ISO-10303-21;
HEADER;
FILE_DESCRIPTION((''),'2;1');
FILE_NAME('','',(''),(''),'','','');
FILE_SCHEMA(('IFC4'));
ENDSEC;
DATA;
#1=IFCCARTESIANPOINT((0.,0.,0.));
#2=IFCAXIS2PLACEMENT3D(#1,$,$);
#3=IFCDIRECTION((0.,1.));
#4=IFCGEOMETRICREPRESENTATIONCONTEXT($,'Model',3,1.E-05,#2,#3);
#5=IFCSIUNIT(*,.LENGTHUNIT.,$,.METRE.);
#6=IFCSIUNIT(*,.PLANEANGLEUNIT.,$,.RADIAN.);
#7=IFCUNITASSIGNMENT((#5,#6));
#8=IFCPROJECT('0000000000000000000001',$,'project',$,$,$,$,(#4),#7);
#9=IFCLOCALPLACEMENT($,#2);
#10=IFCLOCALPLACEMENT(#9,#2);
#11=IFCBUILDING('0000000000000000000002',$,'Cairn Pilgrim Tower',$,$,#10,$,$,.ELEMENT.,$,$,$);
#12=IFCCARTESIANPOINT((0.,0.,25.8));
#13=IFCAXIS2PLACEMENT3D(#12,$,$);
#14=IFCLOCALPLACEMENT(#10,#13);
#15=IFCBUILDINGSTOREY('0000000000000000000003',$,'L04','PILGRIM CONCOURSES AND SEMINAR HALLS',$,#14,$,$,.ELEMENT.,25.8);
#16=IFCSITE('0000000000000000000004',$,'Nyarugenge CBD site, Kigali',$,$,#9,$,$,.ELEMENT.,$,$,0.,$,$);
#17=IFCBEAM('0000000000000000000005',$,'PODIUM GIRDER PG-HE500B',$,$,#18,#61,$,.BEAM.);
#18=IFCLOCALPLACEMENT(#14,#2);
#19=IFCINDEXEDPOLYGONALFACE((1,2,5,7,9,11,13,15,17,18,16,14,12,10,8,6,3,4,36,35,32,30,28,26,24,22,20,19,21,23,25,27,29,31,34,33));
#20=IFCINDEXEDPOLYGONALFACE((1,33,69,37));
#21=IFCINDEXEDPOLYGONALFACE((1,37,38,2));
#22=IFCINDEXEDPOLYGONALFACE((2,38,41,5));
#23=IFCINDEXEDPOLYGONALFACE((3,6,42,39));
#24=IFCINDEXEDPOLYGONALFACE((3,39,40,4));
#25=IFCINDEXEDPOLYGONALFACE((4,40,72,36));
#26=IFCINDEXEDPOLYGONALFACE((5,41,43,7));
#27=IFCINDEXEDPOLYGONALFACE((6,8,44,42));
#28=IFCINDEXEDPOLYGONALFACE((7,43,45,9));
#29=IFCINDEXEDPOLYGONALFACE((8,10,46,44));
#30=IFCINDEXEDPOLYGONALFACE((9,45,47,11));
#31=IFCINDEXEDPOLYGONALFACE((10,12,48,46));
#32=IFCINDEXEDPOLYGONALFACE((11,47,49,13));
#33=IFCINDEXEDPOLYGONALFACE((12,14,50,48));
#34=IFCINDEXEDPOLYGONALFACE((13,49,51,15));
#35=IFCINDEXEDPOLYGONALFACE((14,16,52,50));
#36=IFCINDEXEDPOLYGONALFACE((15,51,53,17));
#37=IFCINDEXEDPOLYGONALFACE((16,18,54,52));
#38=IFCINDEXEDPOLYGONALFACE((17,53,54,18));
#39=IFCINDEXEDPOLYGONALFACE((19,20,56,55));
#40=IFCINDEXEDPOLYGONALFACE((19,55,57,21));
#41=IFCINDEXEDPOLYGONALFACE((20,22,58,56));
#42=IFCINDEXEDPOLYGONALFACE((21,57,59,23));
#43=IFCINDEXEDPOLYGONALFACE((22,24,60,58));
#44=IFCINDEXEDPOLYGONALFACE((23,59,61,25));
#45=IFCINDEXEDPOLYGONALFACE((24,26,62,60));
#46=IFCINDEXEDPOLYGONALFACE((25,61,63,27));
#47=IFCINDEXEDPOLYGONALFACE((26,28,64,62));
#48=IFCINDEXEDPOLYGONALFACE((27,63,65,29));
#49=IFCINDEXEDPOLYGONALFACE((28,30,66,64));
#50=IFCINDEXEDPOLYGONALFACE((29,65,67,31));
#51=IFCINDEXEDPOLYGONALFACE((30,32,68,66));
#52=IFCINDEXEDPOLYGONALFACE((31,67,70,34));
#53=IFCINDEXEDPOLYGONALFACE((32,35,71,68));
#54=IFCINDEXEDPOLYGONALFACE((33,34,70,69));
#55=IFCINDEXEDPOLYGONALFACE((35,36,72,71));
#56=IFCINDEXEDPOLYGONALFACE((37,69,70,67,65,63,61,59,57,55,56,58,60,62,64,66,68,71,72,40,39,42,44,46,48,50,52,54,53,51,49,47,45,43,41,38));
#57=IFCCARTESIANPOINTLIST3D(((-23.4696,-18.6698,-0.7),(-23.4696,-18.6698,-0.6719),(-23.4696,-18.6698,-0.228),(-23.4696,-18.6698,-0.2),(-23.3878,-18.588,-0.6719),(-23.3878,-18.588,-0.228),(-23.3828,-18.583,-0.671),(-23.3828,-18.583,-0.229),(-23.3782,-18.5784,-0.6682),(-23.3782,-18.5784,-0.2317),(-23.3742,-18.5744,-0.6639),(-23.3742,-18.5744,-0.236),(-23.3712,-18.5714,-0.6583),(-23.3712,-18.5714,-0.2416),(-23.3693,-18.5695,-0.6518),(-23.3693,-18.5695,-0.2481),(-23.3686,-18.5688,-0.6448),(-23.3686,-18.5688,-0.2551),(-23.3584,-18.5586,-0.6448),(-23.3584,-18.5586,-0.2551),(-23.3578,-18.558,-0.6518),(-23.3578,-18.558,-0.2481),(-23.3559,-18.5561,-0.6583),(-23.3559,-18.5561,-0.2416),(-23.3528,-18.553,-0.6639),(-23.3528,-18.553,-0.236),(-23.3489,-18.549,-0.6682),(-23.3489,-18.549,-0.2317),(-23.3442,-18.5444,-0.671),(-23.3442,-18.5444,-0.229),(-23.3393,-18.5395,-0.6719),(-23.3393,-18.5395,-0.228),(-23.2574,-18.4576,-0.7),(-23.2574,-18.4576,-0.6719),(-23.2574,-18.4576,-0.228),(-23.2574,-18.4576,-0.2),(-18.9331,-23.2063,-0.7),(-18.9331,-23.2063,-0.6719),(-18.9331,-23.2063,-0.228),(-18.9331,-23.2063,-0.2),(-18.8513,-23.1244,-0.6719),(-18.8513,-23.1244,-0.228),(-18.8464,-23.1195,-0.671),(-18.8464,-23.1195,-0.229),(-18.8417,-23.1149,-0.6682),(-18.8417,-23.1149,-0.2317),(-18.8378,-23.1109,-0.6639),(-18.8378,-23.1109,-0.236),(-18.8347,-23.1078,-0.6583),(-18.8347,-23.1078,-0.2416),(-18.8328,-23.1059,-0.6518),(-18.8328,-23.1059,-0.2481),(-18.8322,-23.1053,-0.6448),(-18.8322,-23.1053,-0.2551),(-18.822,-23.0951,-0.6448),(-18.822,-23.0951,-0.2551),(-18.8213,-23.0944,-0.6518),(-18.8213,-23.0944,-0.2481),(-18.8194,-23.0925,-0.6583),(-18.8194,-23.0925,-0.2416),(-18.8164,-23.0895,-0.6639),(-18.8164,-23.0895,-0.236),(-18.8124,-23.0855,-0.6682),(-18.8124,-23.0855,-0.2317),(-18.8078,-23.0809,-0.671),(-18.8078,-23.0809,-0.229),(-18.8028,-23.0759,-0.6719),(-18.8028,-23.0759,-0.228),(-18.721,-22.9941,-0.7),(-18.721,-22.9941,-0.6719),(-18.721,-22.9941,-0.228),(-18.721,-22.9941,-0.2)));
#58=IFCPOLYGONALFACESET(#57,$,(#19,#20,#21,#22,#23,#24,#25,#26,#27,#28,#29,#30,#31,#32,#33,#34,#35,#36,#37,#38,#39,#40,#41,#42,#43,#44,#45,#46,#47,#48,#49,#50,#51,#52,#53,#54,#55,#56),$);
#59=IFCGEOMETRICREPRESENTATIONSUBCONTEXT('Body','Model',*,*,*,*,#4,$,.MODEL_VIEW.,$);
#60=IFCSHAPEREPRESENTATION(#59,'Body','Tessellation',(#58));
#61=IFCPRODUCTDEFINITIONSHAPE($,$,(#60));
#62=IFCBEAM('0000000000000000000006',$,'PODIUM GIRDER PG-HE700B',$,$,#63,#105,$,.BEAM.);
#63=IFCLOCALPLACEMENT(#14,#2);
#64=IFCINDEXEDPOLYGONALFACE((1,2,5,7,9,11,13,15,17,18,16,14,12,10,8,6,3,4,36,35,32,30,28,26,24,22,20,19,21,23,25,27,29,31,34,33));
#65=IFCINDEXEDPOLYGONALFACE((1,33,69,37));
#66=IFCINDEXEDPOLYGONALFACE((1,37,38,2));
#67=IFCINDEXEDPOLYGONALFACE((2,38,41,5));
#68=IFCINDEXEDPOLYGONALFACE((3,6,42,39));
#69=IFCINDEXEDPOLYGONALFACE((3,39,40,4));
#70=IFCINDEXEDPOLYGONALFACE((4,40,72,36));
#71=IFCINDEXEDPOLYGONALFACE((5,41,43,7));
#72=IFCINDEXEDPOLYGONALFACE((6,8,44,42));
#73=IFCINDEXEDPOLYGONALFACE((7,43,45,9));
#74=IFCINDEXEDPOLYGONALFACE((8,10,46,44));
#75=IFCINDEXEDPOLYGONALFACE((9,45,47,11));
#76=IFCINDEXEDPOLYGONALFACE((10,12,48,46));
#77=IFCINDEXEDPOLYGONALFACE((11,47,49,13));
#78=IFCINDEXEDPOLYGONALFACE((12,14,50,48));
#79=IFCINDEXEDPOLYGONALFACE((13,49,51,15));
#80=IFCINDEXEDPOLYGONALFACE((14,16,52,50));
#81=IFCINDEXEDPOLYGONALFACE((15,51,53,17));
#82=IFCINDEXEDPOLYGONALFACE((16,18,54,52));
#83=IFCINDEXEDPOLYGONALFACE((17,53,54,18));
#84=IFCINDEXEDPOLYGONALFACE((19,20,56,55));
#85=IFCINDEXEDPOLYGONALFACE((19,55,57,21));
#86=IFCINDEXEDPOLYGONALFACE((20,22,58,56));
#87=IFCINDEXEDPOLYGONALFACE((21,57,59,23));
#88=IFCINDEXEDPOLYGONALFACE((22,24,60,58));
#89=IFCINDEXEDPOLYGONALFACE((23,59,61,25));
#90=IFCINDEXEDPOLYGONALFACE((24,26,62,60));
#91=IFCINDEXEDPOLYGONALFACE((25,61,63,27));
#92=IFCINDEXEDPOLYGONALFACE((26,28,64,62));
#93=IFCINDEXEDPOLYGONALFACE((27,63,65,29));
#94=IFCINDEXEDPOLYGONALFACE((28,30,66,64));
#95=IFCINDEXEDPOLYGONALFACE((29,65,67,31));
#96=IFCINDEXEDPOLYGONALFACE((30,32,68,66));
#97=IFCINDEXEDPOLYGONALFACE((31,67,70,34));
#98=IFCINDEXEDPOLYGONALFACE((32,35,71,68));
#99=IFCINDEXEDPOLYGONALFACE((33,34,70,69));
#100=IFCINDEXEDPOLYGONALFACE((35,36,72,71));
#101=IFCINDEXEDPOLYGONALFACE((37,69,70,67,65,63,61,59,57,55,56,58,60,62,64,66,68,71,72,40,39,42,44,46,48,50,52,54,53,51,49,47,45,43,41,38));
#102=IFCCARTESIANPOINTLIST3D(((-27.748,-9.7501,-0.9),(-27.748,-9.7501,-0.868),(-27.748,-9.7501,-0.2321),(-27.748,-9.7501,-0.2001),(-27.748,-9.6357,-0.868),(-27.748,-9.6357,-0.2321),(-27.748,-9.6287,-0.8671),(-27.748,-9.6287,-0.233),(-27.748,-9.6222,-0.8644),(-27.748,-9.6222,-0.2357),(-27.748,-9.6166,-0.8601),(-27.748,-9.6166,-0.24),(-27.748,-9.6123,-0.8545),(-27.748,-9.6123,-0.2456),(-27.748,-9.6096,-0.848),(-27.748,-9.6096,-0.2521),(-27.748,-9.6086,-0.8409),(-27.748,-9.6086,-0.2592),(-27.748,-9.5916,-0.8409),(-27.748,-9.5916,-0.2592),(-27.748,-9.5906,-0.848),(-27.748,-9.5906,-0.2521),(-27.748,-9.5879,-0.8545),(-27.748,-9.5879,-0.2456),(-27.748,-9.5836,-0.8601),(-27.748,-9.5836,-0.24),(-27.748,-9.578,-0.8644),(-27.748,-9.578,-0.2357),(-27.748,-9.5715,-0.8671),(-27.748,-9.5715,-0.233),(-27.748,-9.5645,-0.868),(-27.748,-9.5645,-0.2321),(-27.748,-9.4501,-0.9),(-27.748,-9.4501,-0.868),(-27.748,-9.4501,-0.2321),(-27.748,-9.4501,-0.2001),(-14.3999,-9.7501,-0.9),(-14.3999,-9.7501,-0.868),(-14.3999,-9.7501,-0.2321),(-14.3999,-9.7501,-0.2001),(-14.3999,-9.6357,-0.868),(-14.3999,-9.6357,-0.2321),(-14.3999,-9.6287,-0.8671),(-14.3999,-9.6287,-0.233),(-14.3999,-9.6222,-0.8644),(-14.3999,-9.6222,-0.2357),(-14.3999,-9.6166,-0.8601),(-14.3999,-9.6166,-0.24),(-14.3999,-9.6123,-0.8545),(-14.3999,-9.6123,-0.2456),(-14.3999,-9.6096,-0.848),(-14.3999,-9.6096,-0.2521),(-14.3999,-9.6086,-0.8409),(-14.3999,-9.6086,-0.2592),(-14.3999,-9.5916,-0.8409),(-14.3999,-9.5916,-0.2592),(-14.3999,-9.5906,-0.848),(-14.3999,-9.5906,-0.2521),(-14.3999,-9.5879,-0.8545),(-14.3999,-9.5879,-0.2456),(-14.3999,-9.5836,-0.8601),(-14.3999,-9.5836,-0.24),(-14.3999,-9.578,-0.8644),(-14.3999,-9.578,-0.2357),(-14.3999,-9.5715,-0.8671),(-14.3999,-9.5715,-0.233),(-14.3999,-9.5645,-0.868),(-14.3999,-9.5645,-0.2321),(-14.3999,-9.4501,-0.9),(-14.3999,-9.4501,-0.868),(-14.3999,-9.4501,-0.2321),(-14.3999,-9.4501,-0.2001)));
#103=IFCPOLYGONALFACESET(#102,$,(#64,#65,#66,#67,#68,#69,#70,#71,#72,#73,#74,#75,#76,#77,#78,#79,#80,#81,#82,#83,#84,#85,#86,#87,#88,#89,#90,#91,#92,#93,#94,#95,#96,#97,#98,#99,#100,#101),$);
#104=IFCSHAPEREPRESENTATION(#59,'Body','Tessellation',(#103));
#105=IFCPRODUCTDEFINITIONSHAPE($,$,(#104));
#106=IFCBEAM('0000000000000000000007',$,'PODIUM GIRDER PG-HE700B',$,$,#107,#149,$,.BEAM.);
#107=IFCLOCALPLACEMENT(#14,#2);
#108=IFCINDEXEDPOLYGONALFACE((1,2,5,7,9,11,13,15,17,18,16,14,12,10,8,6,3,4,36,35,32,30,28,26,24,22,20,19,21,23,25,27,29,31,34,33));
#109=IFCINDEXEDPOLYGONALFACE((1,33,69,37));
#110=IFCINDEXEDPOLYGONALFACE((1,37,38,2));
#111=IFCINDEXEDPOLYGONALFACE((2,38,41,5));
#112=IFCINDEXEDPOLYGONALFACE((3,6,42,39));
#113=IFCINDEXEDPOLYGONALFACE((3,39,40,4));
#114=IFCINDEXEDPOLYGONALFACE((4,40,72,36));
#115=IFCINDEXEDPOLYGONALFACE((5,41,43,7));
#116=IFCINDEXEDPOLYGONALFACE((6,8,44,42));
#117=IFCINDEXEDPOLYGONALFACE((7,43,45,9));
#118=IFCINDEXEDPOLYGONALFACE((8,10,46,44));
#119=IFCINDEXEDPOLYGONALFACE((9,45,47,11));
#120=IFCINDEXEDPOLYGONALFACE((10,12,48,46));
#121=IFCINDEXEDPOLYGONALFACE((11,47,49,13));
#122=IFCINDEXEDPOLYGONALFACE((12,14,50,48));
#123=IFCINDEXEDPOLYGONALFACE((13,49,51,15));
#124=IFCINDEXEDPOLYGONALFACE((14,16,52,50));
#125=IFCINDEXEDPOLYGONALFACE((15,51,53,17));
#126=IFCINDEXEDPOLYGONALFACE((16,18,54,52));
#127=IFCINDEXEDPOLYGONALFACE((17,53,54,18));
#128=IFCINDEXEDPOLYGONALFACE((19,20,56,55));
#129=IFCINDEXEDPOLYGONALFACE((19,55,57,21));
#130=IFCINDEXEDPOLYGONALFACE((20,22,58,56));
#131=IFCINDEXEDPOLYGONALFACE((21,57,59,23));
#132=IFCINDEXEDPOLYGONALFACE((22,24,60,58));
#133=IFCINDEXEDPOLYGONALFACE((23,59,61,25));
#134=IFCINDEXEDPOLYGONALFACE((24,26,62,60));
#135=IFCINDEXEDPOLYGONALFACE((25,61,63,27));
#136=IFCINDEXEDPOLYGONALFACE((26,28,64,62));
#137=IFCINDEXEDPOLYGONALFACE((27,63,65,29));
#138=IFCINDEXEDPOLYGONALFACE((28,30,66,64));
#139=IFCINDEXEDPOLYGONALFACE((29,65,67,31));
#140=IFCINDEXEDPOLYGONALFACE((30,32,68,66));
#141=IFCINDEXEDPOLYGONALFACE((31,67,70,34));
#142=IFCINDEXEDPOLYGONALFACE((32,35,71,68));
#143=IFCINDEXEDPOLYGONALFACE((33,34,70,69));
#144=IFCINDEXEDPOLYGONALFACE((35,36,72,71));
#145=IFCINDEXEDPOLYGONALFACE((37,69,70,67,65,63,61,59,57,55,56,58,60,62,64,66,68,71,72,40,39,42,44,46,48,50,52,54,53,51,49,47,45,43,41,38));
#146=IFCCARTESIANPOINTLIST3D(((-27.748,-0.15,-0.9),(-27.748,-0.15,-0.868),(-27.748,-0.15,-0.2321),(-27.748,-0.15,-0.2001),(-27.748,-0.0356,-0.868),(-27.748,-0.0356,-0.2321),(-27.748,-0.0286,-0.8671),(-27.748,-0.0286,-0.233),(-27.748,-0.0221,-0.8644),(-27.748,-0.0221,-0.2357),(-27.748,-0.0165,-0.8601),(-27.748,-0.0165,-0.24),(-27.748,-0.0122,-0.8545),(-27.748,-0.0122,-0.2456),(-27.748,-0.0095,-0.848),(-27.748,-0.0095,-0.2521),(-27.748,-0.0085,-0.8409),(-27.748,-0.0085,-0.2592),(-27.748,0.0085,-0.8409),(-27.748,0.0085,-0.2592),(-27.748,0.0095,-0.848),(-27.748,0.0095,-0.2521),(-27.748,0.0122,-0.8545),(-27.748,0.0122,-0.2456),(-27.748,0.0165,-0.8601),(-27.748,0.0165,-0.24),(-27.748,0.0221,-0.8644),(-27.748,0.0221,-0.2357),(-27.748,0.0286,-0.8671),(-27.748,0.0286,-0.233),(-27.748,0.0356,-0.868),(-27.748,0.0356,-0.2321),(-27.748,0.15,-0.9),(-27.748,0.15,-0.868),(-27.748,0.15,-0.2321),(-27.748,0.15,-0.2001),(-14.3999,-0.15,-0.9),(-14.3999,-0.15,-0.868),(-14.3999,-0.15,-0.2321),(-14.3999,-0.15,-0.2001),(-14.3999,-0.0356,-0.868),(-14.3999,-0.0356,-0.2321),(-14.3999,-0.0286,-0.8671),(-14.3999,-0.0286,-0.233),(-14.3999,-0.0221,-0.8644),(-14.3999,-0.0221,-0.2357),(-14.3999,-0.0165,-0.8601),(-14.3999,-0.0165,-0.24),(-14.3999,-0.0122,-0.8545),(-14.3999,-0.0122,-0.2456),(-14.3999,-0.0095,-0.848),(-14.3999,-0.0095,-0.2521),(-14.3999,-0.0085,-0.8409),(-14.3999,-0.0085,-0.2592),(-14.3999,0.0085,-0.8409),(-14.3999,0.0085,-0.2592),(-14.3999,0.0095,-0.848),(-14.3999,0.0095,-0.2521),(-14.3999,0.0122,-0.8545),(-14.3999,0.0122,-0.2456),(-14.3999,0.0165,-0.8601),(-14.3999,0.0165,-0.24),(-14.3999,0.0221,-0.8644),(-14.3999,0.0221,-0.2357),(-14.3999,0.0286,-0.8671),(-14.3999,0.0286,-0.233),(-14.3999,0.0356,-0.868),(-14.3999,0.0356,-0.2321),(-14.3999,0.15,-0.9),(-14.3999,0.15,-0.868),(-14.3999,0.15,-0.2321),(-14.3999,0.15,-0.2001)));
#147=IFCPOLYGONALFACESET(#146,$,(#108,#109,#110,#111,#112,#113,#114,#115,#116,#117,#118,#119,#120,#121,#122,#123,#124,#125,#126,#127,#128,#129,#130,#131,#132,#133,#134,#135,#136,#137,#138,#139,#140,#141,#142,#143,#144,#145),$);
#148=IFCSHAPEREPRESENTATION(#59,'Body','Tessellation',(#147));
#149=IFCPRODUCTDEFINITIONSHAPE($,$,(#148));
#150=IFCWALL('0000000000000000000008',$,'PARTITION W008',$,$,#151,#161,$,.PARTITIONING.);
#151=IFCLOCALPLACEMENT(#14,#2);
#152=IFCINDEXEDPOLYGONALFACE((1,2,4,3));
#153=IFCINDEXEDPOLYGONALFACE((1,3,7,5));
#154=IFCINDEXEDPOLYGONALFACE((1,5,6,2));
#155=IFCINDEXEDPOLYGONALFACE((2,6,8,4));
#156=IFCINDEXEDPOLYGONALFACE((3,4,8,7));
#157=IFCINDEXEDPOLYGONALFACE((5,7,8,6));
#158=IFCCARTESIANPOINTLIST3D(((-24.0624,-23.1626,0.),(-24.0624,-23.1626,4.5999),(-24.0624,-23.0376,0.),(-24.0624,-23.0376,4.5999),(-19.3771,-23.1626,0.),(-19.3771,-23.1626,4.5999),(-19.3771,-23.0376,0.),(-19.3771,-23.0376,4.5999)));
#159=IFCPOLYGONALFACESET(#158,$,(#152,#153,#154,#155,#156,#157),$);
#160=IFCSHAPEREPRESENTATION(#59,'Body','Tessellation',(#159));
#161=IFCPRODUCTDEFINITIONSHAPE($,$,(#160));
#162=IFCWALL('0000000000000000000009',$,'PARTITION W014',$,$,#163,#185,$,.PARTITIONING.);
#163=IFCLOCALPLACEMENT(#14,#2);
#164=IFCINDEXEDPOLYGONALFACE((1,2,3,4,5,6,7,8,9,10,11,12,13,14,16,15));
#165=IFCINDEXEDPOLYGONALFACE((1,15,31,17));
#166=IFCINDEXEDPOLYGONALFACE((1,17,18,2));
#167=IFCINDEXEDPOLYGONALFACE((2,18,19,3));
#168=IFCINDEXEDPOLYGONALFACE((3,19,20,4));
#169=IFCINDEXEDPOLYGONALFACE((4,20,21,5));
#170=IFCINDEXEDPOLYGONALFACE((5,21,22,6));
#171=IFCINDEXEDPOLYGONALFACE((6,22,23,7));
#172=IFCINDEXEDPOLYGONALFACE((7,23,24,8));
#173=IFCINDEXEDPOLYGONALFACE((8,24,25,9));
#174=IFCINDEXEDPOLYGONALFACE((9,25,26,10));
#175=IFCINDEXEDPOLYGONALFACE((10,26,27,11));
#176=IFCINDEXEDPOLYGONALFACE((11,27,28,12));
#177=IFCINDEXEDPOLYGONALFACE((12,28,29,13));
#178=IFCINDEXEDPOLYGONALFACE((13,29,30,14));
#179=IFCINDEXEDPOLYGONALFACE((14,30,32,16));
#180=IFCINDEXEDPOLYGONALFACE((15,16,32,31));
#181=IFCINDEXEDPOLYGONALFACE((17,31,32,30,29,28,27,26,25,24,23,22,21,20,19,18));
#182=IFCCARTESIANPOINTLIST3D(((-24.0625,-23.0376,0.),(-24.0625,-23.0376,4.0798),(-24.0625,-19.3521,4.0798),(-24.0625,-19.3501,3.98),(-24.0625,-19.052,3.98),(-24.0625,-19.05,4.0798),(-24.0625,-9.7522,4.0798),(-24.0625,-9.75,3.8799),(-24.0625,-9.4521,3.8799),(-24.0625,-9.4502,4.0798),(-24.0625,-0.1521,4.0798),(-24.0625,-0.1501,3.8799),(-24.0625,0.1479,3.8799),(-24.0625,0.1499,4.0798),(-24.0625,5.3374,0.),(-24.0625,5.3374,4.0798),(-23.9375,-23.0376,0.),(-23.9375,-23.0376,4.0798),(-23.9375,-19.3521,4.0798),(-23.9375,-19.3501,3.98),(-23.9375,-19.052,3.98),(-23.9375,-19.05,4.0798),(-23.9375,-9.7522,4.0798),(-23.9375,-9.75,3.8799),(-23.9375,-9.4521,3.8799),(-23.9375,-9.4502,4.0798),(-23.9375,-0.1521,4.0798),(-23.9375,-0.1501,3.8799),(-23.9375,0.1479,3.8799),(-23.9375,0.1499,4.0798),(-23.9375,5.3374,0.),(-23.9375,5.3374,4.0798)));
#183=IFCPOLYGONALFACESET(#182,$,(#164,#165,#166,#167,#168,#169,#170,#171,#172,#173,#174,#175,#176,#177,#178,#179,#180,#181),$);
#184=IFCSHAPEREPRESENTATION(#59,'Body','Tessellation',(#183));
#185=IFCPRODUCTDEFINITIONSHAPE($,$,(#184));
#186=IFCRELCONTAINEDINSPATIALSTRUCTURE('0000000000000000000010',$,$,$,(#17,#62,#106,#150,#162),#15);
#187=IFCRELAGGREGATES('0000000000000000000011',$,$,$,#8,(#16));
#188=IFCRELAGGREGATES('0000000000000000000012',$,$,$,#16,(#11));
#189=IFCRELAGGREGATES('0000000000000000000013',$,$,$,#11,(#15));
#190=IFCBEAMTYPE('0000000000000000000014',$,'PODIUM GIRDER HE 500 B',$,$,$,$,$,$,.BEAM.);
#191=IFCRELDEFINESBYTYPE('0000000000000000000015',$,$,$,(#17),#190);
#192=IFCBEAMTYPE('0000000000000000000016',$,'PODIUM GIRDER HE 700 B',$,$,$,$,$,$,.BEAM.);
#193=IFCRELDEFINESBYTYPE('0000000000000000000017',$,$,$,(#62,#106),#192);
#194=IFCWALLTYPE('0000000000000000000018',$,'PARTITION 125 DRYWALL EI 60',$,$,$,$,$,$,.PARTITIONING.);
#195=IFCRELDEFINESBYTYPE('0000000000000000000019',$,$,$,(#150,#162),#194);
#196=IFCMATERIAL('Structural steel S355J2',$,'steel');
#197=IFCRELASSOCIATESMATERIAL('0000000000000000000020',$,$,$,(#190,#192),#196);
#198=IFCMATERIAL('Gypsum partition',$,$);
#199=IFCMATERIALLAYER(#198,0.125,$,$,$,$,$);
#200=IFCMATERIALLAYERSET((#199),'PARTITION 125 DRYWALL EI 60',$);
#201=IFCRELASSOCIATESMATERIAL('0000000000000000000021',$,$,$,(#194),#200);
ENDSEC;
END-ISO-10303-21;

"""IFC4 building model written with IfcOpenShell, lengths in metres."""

from ifc_helpers import new_model, si_unit, direction, frame, frame_2d, origin, origin_2d, place, context, subcontext, project, spatial, polyline, rectangle, i_section, outline, extrude, material, layer, layer_set, material_profile, profile_set, type_object, element, save


model = new_model("IFC4")

# Units and contexts
model_context = context("Model", 3, precision=1e-05, world=origin(), true_north=direction((0.0, 1.0)))
body_context = subcontext(model_context, "Body", "Model", "MODEL_VIEW")
ifc_project = project(units=[si_unit("LENGTHUNIT", "METRE"), si_unit("PLANEANGLEUNIT", "RADIAN")], contexts=[model_context])

# Site, building, storey
site_placement = place(None, origin())
site = spatial("IfcSite", under=ifc_project, at=site_placement, Name="Nyarugenge CBD site, Kigali", CompositionType="ELEMENT", RefElevation=0.0)
building_placement = place(site_placement, origin())
building = spatial("IfcBuilding", under=site, at=building_placement, Name="Cairn Pilgrim Tower", CompositionType="ELEMENT")
storey_placement = place(building_placement, frame((0.0, 0.0, 25.8)))
storey = spatial("IfcBuildingStorey", under=building, at=storey_placement, Name="L04", Description="PILGRIM CONCOURSES AND SEMINAR HALLS", CompositionType="ELEMENT", Elevation=25.8)

# Beams
ifc_material_1 = material(Name="Structural steel S355J2", Category="steel")
ifc_material_profile_1 = material_profile(ifc_material_1, i_section(OverallWidth=0.3, OverallDepth=0.5, WebThickness=0.0144, FlangeThickness=0.0281, FilletRadius=0.0271, at=origin_2d()), Name="HEB 500")
ifc_profile_set_1 = profile_set([ifc_material_profile_1], Name="Structural steel S355J2")
beam_type_1 = type_object("IfcBeamType", Name="PODIUM GIRDER HE 500 B", PredefinedType="BEAM", material=ifc_profile_set_1)
for number, where, z_axis, x_axis, name in (
    (1, (-23.3635, -18.5637, -0.45), (0.707107, -0.707107, 0.0), (0.707107, 0.707107, 0.0), "PODIUM GIRDER PG-HE500B"),
):
    element("IfcBeam", number, at=place(storey_placement, frame(where, z_axis=z_axis, x_axis=x_axis)), inside=storey, type_object=beam_type_1, Name=name, PredefinedType="BEAM", context=body_context, shape_type="SweptSolid", body=[
        extrude(i_section(OverallWidth=0.3, OverallDepth=0.5, WebThickness=0.0144, FlangeThickness=0.0281, FilletRadius=0.0271, at=origin_2d()), origin(), (0.0, 0.0, 1.0), 6.4155),
    ])
ifc_material_profile_2 = material_profile(ifc_material_1, i_section(OverallWidth=0.3, OverallDepth=0.7, WebThickness=0.0171, FlangeThickness=0.032, FilletRadius=0.0271, at=origin_2d()), Name="HEB 700")
ifc_profile_set_2 = profile_set([ifc_material_profile_2], Name="Structural steel S355J2")
beam_type_2 = type_object("IfcBeamType", Name="PODIUM GIRDER HE 700 B", PredefinedType="BEAM", material=ifc_profile_set_2)
for number, where, z_axis, x_axis, name in (
    (2, (-27.748, -9.6001, -0.55), (1.0, 0.0, 0.0), (0.0, 1.0, 0.0), "PODIUM GIRDER PG-HE700B"),
    (3, (-27.748, 0.0, -0.55), (1.0, 0.0, 0.0), (0.0, 1.0, 0.0), "PODIUM GIRDER PG-HE700B"),
):
    element("IfcBeam", number, at=place(storey_placement, frame(where, z_axis=z_axis, x_axis=x_axis)), inside=storey, type_object=beam_type_2, Name=name, PredefinedType="BEAM", context=body_context, shape_type="SweptSolid", body=[
        extrude(i_section(OverallWidth=0.3, OverallDepth=0.7, WebThickness=0.0171, FlangeThickness=0.032, FilletRadius=0.0271, at=origin_2d()), origin(), (0.0, 0.0, 1.0), 13.3481),
    ])

# Shared definitions
ifc_material_2 = material(Name="Gypsum partition")
ifc_layer_1 = layer(ifc_material_2, 0.125)
ifc_layer_set_1 = layer_set([ifc_layer_1], Name="PARTITION 125 DRYWALL EI 60")
wall_type_1 = type_object("IfcWallType", Name="PARTITION 125 DRYWALL EI 60", PredefinedType="PARTITIONING", material=ifc_layer_set_1)

# Walls
wall_1_placement = place(storey_placement, frame((-24.0625, -23.1001, 0.0), z_axis=(0.0, 0.0, 1.0), x_axis=(1.0, 0.0, 0.0)))
element("IfcWall", 4, at=wall_1_placement, inside=storey, type_object=wall_type_1, Name="PARTITION W008", PredefinedType="PARTITIONING", context=body_context, shape_type="SweptSolid", body=[
    extrude(rectangle(XDim=4.6853, YDim=0.125, at=frame_2d((2.3428, 0.0))), origin(), (0.0, 0.0, 1.0), 4.5999),
])
wall_2_placement = place(storey_placement, frame((-24.0, -23.0376, 0.0), z_axis=(0.0, 0.0, 1.0), x_axis=(0.0, 1.0, 0.0)))
element("IfcWall", 5, at=wall_2_placement, inside=storey, type_object=wall_type_1, Name="PARTITION W014", PredefinedType="PARTITIONING", context=body_context, shape_type="SweptSolid", body=[
    extrude(outline(polyline([(0.0, 0.0), (28.375, 0.0), (28.375, 4.0798), (23.1875, 4.0798), (23.1855, 3.8799), (22.8875, 3.8799), (22.8855, 4.0798), (13.5874, 4.0798), (13.5854, 3.8799), (13.2876, 3.8799), (13.2854, 4.0798), (3.9875, 4.0798), (3.9856, 3.98), (3.6875, 3.98), (3.6855, 4.0798), (0.0, 4.0798), (0.0, 0.0)])), frame((0.0, 0.0625, 0.0), z_axis=(0.0, -1.0, 0.0), x_axis=(1.0, 0.0, 0.0)), (0.0, 0.0, 1.0), 0.125),
])

save(model, "model.ifc")
